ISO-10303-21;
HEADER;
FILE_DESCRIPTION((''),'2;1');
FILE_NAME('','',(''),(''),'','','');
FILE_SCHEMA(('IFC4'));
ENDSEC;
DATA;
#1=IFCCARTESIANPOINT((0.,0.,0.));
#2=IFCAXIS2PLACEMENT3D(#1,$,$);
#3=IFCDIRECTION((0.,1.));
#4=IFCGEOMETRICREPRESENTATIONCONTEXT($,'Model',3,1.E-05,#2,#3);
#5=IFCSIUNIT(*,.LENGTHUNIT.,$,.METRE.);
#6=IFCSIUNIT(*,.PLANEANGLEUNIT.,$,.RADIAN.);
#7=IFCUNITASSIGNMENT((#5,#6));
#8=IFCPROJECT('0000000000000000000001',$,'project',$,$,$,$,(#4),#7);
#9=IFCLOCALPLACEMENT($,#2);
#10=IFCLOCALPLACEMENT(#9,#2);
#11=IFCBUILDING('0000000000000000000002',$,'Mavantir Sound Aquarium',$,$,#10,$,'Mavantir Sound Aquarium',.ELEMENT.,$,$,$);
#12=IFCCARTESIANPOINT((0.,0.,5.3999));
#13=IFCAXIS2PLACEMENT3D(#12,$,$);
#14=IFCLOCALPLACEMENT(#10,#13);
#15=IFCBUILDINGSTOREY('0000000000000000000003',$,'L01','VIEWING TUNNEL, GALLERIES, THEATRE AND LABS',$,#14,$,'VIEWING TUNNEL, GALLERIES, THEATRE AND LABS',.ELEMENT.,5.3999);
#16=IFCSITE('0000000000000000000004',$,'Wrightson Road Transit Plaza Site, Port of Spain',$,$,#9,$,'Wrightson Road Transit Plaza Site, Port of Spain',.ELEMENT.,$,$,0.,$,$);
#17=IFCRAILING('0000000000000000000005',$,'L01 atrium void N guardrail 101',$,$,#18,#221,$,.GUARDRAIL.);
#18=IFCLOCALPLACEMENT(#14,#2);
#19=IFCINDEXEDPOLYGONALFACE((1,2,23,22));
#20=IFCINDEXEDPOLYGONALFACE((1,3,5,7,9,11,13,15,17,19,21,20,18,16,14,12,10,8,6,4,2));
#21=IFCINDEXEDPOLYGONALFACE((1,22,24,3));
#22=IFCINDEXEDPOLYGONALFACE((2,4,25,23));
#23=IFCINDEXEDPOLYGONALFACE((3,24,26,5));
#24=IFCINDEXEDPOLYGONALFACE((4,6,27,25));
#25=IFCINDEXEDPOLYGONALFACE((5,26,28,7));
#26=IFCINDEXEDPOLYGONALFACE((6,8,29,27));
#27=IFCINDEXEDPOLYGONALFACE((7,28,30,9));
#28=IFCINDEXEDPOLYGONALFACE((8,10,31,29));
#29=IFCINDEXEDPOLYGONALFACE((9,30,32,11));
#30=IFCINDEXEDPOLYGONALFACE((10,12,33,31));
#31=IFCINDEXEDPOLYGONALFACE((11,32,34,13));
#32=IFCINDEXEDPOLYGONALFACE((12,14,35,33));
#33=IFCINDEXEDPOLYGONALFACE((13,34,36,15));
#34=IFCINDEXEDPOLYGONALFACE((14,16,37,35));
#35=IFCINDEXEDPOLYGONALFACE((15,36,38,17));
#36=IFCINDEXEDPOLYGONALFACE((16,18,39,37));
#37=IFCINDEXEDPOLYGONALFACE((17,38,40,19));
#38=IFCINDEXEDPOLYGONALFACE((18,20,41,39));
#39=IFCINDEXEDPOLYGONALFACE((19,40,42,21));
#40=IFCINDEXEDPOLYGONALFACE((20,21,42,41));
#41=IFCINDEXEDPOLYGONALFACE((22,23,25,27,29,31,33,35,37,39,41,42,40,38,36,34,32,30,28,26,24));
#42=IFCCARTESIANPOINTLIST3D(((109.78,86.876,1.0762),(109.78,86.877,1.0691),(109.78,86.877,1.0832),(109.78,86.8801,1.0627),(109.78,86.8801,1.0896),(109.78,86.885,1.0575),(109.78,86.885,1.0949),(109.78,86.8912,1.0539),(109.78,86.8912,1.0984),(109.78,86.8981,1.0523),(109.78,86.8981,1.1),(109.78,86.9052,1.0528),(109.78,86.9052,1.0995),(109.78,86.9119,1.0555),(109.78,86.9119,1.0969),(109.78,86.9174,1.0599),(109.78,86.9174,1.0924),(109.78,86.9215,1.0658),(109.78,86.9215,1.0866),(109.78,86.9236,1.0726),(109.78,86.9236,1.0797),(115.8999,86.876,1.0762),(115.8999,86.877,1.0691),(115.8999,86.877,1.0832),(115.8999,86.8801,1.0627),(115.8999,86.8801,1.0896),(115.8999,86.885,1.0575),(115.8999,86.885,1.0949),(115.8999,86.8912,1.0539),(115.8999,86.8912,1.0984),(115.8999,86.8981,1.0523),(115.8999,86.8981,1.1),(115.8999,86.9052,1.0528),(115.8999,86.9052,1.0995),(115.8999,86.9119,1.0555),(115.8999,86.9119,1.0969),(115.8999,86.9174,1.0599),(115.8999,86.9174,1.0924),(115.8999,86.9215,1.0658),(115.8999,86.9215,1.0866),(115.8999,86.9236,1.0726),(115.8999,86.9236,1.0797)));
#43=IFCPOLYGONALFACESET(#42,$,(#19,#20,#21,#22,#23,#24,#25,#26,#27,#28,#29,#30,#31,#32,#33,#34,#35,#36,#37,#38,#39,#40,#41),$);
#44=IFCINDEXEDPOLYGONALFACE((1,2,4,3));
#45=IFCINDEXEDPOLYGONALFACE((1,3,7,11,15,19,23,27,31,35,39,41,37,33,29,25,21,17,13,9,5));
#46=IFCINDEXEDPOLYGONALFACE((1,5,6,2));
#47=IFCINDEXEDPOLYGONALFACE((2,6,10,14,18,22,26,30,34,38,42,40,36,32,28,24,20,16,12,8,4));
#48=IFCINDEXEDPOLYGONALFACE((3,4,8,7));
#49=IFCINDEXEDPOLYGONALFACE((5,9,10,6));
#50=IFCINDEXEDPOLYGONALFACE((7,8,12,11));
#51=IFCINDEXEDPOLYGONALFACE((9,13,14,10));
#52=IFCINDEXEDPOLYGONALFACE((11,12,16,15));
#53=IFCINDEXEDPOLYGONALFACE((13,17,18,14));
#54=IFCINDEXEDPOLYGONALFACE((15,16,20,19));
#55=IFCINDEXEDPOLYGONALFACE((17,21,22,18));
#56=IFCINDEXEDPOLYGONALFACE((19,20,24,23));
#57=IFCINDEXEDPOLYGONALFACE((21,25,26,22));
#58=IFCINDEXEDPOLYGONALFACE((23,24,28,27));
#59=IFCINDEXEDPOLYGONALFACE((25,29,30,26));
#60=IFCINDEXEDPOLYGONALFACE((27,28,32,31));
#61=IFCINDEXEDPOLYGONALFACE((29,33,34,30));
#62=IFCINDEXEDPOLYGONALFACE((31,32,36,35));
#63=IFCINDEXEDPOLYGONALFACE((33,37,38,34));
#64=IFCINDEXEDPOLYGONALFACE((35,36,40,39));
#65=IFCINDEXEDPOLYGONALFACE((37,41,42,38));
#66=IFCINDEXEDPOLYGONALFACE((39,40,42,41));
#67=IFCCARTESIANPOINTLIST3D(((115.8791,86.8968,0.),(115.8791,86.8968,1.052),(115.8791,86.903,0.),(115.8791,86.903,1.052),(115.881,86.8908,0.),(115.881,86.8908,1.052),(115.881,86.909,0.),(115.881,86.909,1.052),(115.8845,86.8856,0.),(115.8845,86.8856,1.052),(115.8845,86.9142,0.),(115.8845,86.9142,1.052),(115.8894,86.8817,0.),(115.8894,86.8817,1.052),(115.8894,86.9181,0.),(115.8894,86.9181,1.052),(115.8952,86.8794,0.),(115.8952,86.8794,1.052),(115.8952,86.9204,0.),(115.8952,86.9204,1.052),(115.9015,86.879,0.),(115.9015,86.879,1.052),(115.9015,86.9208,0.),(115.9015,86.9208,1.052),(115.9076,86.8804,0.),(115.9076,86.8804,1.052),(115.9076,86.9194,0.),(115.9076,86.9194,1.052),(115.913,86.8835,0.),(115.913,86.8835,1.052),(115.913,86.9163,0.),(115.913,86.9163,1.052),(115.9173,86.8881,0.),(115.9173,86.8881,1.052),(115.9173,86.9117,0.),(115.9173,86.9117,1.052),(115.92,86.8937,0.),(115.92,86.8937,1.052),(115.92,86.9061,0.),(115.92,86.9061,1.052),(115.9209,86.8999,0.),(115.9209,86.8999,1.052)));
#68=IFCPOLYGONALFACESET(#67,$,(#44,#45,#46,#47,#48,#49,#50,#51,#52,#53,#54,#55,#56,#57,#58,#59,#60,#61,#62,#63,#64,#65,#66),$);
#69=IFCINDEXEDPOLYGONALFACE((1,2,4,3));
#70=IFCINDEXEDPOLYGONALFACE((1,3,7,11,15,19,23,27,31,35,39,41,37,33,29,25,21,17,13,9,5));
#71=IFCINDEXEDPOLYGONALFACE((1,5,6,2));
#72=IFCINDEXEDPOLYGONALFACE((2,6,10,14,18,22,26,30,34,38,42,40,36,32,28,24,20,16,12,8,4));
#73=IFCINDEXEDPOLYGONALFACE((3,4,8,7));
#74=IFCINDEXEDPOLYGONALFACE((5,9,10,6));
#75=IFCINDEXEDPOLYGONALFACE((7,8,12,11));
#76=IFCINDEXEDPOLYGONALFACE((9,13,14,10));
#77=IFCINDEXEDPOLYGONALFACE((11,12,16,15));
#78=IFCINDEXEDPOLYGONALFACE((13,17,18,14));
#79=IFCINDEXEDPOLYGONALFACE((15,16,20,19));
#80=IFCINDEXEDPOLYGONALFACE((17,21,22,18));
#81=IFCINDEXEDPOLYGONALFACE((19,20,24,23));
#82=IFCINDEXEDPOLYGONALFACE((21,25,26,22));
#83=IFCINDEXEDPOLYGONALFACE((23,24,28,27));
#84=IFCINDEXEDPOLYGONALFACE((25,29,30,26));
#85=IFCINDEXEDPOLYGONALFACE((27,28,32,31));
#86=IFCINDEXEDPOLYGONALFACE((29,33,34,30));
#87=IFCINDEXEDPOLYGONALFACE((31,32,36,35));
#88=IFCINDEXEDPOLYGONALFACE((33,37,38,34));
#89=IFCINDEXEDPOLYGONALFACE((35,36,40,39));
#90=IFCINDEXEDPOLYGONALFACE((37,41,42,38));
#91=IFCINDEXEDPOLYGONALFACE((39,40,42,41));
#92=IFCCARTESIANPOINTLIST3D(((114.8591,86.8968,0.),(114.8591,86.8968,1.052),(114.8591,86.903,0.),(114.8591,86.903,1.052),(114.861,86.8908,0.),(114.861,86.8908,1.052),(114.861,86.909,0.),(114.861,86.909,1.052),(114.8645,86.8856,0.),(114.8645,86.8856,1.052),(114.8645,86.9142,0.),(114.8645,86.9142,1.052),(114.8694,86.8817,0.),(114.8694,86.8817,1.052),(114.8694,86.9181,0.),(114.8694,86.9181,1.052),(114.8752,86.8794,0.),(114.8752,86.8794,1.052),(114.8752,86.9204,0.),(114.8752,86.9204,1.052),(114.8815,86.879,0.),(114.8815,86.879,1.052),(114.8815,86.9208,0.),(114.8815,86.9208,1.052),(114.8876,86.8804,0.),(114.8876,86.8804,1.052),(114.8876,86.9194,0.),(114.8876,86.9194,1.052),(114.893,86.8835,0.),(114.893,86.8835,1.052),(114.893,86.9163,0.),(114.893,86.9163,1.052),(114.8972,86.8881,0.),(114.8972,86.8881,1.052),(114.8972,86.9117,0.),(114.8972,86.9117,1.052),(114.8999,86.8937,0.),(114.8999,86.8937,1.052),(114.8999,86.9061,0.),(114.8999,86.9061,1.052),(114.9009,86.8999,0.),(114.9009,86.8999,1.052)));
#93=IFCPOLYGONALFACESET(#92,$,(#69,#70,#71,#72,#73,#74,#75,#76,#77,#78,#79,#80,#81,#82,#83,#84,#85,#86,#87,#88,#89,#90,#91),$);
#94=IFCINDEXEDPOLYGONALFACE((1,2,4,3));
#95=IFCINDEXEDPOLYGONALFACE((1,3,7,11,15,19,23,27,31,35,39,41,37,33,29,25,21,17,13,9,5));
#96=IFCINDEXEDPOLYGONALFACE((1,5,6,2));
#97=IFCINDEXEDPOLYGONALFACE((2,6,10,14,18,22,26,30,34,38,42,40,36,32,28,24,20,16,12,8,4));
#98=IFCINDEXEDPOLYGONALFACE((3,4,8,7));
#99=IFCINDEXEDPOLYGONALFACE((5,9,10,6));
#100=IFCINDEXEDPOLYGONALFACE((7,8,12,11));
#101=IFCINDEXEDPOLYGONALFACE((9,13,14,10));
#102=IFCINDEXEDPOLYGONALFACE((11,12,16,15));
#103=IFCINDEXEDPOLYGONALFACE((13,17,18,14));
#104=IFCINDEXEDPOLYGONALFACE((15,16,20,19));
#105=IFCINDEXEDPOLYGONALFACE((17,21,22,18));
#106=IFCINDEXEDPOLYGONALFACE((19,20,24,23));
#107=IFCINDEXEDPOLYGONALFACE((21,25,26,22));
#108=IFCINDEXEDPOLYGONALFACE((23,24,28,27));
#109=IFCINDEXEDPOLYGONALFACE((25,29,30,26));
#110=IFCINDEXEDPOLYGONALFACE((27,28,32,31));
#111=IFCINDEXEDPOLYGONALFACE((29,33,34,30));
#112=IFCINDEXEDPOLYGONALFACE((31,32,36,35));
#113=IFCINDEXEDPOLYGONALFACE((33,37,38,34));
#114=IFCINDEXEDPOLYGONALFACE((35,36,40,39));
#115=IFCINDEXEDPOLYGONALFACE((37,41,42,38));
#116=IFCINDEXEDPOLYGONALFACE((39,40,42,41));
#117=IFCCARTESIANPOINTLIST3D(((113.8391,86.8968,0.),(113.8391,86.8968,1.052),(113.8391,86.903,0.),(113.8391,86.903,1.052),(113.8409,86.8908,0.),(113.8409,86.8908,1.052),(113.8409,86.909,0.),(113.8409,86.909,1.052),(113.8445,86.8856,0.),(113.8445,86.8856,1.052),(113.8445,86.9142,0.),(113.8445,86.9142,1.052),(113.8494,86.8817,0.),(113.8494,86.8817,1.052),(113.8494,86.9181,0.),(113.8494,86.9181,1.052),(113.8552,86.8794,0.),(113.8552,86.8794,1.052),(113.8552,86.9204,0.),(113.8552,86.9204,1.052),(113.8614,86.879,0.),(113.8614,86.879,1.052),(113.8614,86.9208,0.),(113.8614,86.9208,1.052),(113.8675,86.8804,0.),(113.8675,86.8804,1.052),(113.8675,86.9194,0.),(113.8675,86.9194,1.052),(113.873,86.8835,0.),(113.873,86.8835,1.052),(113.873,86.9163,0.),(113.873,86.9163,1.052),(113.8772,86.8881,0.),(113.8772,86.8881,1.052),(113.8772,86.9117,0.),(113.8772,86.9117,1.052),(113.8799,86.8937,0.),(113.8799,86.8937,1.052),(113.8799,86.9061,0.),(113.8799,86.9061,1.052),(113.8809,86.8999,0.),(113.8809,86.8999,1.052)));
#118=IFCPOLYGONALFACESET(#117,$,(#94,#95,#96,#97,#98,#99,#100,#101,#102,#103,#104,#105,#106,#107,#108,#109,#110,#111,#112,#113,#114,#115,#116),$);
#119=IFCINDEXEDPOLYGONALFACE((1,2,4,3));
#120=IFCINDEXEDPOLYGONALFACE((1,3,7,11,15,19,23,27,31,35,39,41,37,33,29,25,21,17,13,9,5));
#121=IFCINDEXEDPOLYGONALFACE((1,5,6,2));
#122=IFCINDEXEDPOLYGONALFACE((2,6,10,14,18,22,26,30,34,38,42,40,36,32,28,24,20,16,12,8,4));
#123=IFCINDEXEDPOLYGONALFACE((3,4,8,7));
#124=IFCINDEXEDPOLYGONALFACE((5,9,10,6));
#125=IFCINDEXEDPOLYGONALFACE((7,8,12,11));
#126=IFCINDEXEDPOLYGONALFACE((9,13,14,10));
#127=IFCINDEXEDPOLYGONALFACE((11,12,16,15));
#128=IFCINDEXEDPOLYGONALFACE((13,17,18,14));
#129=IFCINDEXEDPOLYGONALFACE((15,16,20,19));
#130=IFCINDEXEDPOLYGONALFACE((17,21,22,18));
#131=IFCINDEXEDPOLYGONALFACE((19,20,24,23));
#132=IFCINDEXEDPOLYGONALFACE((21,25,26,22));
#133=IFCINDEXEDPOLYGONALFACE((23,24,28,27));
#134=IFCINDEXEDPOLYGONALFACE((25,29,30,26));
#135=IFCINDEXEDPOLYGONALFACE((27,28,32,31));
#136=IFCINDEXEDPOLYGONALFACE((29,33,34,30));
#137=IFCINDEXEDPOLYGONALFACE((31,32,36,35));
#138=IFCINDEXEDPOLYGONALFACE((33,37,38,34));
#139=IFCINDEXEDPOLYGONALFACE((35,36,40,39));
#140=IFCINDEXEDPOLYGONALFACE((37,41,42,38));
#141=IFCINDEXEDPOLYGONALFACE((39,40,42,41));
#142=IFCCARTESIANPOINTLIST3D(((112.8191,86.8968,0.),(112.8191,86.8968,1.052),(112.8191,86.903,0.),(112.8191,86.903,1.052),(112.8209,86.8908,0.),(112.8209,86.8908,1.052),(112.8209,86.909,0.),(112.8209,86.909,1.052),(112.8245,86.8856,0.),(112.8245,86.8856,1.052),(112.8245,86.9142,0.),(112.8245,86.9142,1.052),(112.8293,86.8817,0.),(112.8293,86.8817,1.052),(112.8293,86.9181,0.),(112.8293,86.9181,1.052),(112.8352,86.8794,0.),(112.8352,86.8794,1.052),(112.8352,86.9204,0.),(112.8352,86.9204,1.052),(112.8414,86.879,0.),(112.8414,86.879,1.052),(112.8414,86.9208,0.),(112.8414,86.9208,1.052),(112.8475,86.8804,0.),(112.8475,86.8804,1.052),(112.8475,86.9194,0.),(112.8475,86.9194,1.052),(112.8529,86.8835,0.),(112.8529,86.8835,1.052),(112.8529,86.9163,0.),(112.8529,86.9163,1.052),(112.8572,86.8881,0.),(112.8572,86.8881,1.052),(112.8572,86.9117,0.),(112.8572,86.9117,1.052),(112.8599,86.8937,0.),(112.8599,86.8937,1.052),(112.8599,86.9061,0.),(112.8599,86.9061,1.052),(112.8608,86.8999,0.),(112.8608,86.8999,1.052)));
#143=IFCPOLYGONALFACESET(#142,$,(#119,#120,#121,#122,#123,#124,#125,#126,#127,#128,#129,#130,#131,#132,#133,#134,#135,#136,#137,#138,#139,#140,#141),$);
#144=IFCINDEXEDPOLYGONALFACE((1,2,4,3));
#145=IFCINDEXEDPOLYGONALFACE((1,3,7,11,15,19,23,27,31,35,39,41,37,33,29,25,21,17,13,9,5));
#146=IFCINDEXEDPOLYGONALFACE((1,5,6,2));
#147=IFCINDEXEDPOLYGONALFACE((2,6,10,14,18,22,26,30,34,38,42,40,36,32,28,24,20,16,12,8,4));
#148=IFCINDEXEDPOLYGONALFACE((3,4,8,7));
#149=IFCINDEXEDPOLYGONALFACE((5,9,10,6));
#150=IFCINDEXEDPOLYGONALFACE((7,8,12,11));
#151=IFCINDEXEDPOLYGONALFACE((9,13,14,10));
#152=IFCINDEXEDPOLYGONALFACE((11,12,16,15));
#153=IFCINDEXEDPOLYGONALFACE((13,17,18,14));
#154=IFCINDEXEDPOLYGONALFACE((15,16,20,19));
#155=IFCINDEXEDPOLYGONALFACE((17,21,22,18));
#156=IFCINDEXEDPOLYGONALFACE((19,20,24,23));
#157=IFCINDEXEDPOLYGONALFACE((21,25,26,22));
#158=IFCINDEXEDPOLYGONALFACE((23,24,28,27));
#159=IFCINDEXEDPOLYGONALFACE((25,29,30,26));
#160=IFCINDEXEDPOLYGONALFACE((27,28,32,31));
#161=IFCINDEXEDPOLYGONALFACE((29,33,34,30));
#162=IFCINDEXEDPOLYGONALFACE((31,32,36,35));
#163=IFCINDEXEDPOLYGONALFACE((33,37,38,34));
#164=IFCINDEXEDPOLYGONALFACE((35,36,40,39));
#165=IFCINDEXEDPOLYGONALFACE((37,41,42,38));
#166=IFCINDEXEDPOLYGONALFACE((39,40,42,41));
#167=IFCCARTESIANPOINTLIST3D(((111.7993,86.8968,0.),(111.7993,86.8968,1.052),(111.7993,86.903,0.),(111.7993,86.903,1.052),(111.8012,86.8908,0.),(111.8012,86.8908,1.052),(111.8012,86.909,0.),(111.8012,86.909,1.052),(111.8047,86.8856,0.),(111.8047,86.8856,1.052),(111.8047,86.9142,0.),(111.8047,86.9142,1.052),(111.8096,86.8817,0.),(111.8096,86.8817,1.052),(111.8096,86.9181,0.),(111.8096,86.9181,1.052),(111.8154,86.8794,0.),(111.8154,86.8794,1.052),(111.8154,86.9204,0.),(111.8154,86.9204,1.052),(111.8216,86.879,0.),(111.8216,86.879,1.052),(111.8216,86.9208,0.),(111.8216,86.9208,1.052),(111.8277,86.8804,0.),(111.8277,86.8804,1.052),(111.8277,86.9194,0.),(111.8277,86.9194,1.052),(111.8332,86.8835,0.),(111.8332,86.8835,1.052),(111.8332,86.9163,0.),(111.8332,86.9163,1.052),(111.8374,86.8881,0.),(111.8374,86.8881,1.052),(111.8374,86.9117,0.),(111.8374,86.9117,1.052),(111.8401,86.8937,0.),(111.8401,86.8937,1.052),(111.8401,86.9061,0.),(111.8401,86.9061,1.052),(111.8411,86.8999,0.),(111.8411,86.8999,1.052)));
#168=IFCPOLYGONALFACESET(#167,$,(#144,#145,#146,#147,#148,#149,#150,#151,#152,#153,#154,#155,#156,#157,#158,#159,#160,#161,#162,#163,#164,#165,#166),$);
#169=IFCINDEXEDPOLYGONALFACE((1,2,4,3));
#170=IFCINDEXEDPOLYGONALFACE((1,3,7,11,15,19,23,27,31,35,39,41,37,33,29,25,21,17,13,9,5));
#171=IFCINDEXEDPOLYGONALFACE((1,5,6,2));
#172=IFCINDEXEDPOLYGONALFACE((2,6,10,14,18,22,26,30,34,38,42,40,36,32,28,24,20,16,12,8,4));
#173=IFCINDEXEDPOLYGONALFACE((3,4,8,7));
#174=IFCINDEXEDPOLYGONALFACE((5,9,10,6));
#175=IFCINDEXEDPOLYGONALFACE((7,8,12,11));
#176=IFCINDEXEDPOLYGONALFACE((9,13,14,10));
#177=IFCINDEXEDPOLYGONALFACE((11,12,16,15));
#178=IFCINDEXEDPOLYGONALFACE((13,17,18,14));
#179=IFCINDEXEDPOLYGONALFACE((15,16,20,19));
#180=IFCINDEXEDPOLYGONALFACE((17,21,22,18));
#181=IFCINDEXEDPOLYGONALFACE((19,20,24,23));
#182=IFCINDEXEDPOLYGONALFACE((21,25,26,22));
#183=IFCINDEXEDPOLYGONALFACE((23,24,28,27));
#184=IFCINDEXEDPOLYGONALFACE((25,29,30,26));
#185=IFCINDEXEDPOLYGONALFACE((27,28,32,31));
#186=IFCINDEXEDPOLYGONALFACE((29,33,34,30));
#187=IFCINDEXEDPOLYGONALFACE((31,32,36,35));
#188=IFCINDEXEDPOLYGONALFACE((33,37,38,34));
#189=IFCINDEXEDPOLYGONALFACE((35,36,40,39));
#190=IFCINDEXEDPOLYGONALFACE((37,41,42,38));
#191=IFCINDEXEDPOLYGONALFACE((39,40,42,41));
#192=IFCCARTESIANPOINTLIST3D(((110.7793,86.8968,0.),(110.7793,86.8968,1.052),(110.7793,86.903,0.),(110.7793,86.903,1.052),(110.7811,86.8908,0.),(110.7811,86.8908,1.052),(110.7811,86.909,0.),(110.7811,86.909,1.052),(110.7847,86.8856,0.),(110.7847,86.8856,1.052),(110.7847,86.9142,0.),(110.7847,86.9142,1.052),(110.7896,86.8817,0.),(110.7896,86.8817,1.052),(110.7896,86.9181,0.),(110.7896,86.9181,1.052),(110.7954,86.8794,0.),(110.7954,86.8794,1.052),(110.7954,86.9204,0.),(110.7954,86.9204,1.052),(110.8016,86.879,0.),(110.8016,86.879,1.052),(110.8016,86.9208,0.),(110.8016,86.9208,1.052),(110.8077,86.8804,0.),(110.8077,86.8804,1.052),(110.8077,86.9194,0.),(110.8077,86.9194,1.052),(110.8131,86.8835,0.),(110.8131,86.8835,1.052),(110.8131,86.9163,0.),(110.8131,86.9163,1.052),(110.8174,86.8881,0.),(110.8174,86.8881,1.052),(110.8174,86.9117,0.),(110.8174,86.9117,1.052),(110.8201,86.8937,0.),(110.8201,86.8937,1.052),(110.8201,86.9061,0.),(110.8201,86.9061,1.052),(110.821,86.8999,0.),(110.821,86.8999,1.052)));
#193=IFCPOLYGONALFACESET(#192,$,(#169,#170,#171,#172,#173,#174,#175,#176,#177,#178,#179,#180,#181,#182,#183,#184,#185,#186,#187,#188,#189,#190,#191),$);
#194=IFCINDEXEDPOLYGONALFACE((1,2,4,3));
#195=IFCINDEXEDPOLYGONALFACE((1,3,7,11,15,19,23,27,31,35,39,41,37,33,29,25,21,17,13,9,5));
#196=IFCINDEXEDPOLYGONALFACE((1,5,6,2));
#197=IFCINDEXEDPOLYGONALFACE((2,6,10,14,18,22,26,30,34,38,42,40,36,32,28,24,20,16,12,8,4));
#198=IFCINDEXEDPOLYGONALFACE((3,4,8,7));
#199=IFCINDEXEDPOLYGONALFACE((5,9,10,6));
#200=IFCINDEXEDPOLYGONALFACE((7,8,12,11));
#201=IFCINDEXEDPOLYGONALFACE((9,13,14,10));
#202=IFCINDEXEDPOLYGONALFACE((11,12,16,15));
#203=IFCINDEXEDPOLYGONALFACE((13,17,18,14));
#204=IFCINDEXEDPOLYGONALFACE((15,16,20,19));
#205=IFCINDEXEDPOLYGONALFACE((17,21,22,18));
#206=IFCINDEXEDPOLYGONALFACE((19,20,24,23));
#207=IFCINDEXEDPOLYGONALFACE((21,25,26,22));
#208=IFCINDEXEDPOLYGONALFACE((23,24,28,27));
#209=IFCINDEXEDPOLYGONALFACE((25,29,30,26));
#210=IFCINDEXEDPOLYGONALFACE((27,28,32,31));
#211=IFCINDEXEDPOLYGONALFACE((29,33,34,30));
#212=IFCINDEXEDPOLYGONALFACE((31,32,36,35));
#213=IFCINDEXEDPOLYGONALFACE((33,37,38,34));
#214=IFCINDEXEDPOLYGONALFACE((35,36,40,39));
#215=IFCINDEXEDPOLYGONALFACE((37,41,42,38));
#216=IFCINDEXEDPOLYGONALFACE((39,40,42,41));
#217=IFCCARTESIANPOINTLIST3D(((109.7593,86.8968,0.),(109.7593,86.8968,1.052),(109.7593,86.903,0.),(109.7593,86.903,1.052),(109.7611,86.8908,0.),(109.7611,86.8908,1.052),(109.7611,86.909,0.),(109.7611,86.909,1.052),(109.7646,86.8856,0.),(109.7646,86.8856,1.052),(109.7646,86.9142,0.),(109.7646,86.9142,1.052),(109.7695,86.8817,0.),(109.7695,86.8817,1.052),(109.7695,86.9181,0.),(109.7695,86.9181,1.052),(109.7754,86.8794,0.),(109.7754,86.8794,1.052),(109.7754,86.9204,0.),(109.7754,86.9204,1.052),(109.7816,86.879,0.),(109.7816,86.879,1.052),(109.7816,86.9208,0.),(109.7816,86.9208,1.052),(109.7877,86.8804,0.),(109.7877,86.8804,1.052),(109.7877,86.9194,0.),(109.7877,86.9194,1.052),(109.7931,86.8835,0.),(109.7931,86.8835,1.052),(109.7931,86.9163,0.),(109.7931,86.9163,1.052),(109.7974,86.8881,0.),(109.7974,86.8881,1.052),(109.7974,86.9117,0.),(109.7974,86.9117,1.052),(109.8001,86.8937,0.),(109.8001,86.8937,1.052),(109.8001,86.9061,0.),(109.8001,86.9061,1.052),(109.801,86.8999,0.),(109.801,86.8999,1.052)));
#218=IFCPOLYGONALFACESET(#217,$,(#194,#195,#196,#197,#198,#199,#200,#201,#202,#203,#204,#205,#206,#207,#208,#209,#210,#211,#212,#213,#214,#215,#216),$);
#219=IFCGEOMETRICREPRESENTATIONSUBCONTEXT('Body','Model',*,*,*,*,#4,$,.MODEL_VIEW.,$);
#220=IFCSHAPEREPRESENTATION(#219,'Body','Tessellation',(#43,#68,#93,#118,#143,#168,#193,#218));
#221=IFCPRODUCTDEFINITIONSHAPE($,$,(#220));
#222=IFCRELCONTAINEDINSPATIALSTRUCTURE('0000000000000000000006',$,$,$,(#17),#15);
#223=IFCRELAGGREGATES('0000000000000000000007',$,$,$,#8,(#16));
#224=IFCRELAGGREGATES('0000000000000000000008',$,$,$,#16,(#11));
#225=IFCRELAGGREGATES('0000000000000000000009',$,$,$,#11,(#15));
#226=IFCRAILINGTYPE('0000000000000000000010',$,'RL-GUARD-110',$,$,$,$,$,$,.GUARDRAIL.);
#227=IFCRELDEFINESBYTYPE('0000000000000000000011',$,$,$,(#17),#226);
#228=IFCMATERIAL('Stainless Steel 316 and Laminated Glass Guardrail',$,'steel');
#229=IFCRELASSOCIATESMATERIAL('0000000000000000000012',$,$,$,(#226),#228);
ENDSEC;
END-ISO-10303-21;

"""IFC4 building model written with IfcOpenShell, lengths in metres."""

from ifc_helpers import new_model, si_unit, direction, frame, origin, origin_2d, place, context, subcontext, project, spatial, circle, extrude, material, type_object, element, save


model = new_model("IFC4")

# Units and contexts
model_context = context("Model", 3, precision=1e-05, world=origin(), true_north=direction((0.0, 1.0)))
body_context = subcontext(model_context, "Body", "Model", "MODEL_VIEW")
ifc_project = project(units=[si_unit("LENGTHUNIT", "METRE"), si_unit("PLANEANGLEUNIT", "RADIAN")], contexts=[model_context])

# Site, building, storey
site_placement = place(None, origin())
site = spatial("IfcSite", under=ifc_project, at=site_placement, Name="Wrightson Road Transit Plaza Site, Port of Spain", LongName="Wrightson Road Transit Plaza Site, Port of Spain", CompositionType="ELEMENT", RefElevation=0.0)
building_placement = place(site_placement, origin())
building = spatial("IfcBuilding", under=site, at=building_placement, Name="Mavantir Sound Aquarium", LongName="Mavantir Sound Aquarium", CompositionType="ELEMENT")
storey_placement = place(building_placement, frame((0.0, 0.0, 5.3999)))
storey = spatial("IfcBuildingStorey", under=building, at=storey_placement, Name="L01", Description="VIEWING TUNNEL, GALLERIES, THEATRE AND LABS", LongName="VIEWING TUNNEL, GALLERIES, THEATRE AND LABS", CompositionType="ELEMENT", Elevation=5.3999)

# Railing
ifc_material_1 = material(Name="Stainless Steel 316 and Laminated Glass Guardrail", Category="steel")
railing_type = type_object("IfcRailingType", Name="RL-GUARD-110", PredefinedType="GUARDRAIL", material=ifc_material_1)
railing_1_placement = place(storey_placement, frame((115.8999, 86.8999, 0.0)))
element("IfcRailing", 1, at=railing_1_placement, inside=storey, type_object=railing_type, Name="L01 atrium void N guardrail 101", PredefinedType="GUARDRAIL", context=body_context, shape_type="SweptSolid", body=[
    extrude(circle(Radius=0.0239, at=origin_2d()), frame((0.0, 0.0, 1.0762), z_axis=(-1.0, 0.0, 0.0), x_axis=(0.0, -1.0, 0.0)), (0.0, 0.0, 1.0), 6.1199),
    extrude(circle(Radius=0.021, at=origin_2d()), origin(), (0.0, 0.0, 1.0), 1.052),
    extrude(circle(Radius=0.021, at=origin_2d()), frame((-1.02, 0.0, 0.0)), (0.0, 0.0, 1.0), 1.052),
    extrude(circle(Radius=0.021, at=origin_2d()), frame((-2.04, 0.0, 0.0)), (0.0, 0.0, 1.0), 1.052),
    extrude(circle(Radius=0.021, at=origin_2d()), frame((-3.0601, 0.0, 0.0)), (0.0, 0.0, 1.0), 1.052),
    extrude(circle(Radius=0.021, at=origin_2d()), frame((-4.0798, 0.0, 0.0)), (0.0, 0.0, 1.0), 1.052),
    extrude(circle(Radius=0.021, at=origin_2d()), frame((-5.0999, 0.0, 0.0)), (0.0, 0.0, 1.0), 1.052),
    extrude(circle(Radius=0.021, at=origin_2d()), frame((-6.1199, 0.0, 0.0)), (0.0, 0.0, 1.0), 1.052),
])

save(model, "model.ifc")
